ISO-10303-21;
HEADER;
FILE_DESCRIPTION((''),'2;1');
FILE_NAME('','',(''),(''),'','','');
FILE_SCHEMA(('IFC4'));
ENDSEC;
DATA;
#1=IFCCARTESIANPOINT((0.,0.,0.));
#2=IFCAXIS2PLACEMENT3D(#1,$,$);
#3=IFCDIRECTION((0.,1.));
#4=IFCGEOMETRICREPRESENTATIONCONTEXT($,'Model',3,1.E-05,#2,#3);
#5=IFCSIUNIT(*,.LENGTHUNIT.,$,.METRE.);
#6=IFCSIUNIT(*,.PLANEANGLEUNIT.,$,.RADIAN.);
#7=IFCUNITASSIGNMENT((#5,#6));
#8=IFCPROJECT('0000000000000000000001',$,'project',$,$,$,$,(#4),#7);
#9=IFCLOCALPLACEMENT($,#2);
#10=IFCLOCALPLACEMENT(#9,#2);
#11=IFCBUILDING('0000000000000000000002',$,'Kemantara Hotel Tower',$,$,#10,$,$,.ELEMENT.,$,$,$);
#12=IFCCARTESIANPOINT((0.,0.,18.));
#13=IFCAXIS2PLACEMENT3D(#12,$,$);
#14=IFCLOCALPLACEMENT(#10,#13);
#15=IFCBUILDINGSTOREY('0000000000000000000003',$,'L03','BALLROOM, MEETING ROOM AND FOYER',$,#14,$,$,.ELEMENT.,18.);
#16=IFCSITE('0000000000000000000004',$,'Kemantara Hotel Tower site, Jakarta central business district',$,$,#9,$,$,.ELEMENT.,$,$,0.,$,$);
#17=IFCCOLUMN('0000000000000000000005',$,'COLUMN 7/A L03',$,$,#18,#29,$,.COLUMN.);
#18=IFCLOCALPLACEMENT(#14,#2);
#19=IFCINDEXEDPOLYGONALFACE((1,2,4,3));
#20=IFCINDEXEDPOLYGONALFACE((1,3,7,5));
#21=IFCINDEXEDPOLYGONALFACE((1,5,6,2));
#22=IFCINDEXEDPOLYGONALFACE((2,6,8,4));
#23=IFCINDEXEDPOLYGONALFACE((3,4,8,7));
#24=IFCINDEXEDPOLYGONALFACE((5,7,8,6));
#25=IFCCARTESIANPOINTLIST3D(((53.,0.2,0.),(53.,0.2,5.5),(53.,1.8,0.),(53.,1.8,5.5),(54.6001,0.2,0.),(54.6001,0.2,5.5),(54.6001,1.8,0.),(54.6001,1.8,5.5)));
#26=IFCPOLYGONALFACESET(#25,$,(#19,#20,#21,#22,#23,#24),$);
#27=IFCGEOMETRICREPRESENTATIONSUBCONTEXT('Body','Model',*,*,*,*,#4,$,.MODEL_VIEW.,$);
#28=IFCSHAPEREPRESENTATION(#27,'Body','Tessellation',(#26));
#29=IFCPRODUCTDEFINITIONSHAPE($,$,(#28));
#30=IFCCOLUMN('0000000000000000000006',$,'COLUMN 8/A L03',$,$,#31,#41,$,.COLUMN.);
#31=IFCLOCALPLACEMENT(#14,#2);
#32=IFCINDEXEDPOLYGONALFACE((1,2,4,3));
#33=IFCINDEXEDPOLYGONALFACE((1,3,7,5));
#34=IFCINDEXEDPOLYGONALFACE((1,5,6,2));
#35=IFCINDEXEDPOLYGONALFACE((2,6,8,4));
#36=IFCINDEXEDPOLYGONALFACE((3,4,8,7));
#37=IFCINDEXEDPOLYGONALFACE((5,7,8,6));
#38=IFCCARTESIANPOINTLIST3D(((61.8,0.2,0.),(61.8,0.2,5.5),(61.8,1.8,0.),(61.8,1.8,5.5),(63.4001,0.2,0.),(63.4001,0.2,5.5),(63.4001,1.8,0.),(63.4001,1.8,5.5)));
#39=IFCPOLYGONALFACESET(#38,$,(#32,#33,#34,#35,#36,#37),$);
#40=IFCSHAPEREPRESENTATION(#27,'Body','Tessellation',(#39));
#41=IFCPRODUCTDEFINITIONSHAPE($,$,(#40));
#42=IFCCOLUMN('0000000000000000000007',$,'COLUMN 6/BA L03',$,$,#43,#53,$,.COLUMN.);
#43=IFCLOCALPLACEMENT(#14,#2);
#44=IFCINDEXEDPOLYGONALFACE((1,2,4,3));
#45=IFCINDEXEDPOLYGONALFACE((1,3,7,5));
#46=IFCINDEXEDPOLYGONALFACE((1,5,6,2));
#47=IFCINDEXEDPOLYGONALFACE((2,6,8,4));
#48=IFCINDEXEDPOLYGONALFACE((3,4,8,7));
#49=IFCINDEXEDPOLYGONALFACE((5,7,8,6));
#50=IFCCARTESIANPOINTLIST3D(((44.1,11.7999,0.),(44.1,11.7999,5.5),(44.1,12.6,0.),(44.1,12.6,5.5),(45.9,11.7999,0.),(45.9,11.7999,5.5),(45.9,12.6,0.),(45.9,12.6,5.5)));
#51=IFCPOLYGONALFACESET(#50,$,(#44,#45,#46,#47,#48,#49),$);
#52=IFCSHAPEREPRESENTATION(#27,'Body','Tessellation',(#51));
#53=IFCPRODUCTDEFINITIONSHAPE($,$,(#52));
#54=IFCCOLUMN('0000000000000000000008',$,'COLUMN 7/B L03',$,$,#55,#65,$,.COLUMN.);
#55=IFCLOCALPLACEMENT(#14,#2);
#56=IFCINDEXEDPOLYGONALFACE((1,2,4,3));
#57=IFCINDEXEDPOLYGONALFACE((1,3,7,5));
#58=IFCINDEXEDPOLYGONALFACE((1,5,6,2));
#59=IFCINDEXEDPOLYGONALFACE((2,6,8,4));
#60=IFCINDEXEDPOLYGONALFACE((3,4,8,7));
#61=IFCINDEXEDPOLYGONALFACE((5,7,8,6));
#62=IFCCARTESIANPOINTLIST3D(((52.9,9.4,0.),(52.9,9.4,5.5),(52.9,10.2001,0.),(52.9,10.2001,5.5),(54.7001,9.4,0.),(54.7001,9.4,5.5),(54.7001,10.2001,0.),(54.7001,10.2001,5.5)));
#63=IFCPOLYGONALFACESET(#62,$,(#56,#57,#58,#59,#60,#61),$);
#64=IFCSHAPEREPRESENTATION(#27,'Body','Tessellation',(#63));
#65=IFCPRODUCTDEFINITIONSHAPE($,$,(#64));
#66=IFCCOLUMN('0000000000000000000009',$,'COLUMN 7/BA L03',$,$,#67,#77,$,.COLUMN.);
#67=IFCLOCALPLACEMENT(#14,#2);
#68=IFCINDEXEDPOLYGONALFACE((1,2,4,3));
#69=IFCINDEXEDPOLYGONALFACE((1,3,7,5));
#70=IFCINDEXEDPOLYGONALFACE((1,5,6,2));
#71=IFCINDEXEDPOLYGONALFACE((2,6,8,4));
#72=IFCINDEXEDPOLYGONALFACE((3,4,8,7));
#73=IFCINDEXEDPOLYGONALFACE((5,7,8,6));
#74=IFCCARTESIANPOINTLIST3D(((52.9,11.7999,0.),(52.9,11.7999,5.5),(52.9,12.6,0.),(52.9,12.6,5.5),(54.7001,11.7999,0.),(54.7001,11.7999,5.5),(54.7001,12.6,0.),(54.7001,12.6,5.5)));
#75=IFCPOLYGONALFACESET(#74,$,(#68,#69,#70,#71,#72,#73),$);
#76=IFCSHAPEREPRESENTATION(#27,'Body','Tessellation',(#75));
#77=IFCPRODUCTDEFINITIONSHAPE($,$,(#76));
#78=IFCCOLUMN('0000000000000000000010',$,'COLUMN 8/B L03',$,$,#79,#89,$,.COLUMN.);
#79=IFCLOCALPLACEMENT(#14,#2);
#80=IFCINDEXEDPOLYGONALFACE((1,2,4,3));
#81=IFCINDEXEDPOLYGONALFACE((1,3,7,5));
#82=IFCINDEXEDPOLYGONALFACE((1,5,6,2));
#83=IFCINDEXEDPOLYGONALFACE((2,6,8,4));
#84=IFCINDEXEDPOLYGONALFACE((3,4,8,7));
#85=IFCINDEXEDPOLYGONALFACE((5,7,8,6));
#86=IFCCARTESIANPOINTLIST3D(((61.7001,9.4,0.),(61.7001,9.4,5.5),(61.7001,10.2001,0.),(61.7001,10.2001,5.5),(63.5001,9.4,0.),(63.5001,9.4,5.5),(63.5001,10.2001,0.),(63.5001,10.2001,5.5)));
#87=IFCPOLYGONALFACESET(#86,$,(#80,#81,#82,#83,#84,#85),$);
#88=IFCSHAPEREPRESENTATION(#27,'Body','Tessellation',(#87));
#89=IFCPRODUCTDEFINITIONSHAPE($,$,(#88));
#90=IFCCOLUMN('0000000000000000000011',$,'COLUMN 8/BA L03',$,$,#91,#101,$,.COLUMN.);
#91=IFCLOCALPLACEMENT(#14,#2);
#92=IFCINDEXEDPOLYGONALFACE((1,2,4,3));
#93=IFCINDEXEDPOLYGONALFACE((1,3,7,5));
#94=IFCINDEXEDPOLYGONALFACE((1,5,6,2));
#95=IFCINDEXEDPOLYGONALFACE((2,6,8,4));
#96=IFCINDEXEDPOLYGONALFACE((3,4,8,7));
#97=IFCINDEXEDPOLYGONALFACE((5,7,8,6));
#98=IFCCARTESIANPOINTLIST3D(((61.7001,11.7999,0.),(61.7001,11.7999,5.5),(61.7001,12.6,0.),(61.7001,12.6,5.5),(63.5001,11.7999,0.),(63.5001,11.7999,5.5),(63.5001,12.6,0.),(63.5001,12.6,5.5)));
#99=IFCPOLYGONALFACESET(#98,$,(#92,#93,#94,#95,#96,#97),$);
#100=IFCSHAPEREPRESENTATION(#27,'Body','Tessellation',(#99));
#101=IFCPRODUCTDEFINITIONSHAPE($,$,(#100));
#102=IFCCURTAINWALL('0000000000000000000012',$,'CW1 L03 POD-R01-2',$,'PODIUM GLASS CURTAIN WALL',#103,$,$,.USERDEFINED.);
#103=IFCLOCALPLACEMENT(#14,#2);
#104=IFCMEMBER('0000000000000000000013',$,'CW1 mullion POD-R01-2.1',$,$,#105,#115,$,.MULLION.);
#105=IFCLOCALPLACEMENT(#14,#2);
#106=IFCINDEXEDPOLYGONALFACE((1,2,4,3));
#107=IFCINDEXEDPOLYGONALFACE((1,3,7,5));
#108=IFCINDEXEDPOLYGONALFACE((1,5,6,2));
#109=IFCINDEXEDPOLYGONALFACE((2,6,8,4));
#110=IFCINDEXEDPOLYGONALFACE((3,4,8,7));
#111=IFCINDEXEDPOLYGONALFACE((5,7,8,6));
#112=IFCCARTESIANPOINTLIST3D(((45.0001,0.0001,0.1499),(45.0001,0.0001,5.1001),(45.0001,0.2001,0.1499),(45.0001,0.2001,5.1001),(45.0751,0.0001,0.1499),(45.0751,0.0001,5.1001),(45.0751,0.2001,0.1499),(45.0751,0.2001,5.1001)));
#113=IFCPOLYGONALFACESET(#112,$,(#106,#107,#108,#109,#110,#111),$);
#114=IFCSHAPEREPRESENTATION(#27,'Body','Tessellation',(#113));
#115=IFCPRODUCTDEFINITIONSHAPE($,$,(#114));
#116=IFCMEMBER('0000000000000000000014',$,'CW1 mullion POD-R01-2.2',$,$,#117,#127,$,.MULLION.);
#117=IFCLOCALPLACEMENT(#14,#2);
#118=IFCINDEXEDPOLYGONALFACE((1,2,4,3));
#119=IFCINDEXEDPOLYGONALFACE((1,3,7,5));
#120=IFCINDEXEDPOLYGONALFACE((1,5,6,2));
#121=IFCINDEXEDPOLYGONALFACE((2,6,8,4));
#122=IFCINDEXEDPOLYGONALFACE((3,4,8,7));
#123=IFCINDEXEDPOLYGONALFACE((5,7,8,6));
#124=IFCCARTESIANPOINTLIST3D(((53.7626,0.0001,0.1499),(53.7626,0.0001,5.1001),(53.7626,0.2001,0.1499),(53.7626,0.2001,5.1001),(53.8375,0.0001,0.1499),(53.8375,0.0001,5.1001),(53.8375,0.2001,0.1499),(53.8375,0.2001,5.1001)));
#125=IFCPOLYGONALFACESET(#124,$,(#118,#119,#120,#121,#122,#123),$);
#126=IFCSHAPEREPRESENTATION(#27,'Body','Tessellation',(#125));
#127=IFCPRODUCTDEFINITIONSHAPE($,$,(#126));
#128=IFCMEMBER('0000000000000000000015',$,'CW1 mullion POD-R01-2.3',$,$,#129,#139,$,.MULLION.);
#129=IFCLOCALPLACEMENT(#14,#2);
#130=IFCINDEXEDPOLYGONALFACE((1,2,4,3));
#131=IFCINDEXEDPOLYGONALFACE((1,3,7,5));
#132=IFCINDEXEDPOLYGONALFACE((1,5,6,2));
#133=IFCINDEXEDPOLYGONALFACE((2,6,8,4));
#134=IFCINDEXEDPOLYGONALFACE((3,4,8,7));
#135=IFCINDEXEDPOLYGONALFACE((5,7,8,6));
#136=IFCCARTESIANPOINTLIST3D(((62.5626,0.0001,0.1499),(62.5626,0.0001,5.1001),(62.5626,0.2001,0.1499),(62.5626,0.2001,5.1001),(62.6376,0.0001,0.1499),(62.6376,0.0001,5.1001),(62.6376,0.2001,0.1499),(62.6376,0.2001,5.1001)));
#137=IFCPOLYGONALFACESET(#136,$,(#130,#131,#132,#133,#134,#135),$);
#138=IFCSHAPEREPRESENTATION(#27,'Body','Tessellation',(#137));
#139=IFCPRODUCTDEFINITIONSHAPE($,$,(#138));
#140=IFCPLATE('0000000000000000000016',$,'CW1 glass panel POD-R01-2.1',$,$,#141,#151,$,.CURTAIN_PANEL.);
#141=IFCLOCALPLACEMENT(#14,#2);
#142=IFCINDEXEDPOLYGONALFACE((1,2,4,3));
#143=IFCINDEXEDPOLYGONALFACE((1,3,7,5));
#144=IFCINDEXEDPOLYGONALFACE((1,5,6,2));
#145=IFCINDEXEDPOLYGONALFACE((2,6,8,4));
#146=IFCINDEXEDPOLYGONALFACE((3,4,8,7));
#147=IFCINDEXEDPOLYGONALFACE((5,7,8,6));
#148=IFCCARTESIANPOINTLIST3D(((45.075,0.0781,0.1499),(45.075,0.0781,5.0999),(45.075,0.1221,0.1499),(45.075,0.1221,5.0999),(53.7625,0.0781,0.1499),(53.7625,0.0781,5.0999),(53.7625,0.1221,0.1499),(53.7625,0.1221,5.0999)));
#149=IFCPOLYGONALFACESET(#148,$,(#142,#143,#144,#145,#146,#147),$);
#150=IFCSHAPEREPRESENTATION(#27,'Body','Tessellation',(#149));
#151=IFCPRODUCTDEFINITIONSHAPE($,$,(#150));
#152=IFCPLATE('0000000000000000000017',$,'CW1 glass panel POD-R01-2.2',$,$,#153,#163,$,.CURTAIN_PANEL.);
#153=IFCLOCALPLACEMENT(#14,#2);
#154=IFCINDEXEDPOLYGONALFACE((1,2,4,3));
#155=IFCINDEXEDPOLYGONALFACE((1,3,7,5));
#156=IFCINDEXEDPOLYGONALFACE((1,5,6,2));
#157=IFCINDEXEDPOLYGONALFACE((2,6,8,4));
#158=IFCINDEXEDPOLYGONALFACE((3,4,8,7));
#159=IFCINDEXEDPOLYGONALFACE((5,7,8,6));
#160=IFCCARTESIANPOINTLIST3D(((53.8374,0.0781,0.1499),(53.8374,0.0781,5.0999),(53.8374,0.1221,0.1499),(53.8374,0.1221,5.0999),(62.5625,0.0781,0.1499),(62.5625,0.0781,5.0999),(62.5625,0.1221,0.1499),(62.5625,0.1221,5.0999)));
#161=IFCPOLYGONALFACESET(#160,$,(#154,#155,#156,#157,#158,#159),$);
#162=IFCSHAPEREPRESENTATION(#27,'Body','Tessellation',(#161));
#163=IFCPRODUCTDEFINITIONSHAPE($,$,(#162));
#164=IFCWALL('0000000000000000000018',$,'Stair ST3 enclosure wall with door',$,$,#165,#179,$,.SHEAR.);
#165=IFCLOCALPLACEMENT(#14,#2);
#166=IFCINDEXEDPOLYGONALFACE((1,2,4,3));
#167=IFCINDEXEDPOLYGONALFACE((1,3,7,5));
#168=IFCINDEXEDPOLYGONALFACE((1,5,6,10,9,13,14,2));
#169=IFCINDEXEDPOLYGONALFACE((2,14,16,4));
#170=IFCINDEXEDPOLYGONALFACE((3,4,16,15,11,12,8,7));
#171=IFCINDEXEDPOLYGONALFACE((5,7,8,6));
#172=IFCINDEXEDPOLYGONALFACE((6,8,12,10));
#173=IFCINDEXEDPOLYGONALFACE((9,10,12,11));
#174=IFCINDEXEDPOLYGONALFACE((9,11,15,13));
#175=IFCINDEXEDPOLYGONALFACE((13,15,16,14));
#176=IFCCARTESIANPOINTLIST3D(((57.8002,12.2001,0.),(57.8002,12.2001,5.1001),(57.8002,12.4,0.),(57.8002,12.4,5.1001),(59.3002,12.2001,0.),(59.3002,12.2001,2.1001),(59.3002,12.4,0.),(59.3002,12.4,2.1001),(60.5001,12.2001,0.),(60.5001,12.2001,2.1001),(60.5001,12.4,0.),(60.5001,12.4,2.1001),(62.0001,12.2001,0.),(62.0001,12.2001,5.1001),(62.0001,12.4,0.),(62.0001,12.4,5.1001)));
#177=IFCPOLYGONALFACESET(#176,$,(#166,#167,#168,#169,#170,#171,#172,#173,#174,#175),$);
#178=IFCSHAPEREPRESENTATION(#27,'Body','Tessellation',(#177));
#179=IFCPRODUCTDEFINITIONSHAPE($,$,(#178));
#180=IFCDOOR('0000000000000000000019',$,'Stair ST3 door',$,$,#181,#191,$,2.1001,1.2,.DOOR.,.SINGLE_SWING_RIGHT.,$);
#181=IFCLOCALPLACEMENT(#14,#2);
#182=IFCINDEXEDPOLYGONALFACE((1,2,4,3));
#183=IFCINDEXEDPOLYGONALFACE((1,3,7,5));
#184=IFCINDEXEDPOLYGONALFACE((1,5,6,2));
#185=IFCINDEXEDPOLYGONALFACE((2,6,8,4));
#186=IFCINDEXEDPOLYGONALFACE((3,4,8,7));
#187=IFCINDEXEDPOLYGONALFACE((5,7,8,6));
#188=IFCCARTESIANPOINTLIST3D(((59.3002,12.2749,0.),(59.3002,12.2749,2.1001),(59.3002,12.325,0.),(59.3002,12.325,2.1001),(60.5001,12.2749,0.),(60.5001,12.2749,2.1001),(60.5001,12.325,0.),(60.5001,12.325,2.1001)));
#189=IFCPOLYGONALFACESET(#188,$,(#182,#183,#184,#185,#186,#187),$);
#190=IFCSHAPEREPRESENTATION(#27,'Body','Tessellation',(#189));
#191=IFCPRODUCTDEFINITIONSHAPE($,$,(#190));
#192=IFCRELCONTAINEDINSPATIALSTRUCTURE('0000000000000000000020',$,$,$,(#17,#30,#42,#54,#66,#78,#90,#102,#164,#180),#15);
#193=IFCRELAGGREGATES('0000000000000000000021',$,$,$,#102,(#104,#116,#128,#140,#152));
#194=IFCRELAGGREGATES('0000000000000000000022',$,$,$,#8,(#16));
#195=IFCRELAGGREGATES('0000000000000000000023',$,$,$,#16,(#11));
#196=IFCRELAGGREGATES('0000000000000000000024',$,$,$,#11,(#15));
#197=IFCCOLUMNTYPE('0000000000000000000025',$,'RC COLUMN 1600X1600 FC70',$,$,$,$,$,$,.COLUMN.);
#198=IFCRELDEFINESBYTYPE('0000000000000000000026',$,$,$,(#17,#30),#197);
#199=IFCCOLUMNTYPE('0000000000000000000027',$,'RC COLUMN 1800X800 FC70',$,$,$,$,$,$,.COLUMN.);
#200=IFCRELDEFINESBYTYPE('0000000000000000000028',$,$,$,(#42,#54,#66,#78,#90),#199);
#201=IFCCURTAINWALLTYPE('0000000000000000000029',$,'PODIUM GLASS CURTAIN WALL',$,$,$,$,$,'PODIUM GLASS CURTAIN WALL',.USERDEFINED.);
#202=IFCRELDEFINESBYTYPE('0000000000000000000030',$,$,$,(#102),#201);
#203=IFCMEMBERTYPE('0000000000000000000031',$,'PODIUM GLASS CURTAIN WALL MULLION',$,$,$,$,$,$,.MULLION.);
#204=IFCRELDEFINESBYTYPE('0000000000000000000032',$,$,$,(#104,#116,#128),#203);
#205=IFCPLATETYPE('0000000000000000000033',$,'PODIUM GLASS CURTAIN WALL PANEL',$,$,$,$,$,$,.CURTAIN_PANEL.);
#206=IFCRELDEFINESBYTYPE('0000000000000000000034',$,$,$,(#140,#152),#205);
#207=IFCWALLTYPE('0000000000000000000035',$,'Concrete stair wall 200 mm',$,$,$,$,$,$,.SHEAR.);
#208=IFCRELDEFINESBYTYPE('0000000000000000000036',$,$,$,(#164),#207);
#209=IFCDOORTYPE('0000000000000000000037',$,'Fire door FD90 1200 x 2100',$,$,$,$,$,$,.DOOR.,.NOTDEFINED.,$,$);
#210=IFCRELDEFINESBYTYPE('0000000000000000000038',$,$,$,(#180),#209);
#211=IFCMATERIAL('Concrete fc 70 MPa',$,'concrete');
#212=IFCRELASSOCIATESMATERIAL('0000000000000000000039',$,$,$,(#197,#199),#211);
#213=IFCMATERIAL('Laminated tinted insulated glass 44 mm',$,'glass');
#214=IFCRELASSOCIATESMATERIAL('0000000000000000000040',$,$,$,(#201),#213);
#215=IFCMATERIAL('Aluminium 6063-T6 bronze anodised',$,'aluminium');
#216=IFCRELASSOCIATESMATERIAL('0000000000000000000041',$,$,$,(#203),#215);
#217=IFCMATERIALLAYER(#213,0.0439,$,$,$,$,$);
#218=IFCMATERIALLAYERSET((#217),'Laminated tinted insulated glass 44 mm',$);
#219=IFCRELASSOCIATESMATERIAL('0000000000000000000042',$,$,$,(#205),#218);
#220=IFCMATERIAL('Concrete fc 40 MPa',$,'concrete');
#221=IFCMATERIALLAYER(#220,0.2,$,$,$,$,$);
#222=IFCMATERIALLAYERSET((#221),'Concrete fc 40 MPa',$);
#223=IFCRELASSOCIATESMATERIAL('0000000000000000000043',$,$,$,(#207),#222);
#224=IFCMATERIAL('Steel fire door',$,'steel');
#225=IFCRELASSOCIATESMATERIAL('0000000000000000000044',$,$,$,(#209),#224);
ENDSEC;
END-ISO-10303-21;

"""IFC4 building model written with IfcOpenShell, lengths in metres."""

from ifc_helpers import new_model, si_unit, direction, frame, frame_2d, origin, origin_2d, place, context, subcontext, project, spatial, rectangle, extrude, source, transform, mapped, material, layer, layer_set, material_profile, profile_set, type_object, element, fill, aggregate, save


model = new_model("IFC4")

# Units and contexts
model_context = context("Model", 3, precision=1e-05, world=origin(), true_north=direction((0.0, 1.0)))
body_context = subcontext(model_context, "Body", "Model", "MODEL_VIEW")
ifc_project = project(units=[si_unit("LENGTHUNIT", "METRE"), si_unit("PLANEANGLEUNIT", "RADIAN")], contexts=[model_context])

# Site, building, storey
site_placement = place(None, origin())
site = spatial("IfcSite", under=ifc_project, at=site_placement, Name="Kemantara Hotel Tower site, Jakarta central business district", CompositionType="ELEMENT", RefElevation=0.0)
building_placement = place(site_placement, origin())
building = spatial("IfcBuilding", under=site, at=building_placement, Name="Kemantara Hotel Tower", CompositionType="ELEMENT")
storey_placement = place(building_placement, frame((0.0, 0.0, 18.0)))
storey = spatial("IfcBuildingStorey", under=building, at=storey_placement, Name="L03", Description="BALLROOM, MEETING ROOM AND FOYER", CompositionType="ELEMENT", Elevation=18.0)

# Columns
ifc_material_1 = material(Name="Concrete fc 70 MPa", Category="concrete")
ifc_material_profile_1 = material_profile(ifc_material_1, rectangle(XDim=1.6001, YDim=1.6001, at=origin_2d()), Name="RC 1600X1600")
ifc_profile_set_1 = profile_set([ifc_material_profile_1], Name="Concrete fc 70 MPa")
column_type_1 = type_object("IfcColumnType", Name="RC COLUMN 1600X1600 FC70", PredefinedType="COLUMN", material=ifc_profile_set_1)
for number, where, z_axis, x_axis, name in (
    (1, (53.8, 1.0, 0.0), (0.0, 0.0, 1.0), (1.0, 0.0, 0.0), "COLUMN 7/A L03"),
    (2, (62.6001, 1.0, 0.0), (0.0, 0.0, 1.0), (1.0, 0.0, 0.0), "COLUMN 8/A L03"),
):
    element("IfcColumn", number, at=place(storey_placement, frame(where, z_axis=z_axis, x_axis=x_axis)), inside=storey, type_object=column_type_1, Name=name, PredefinedType="COLUMN", context=body_context, shape_type="SweptSolid", body=[
        extrude(rectangle(XDim=1.6001, YDim=1.6001, at=origin_2d()), origin(), (0.0, 0.0, 1.0), 5.5),
    ])
ifc_material_profile_2 = material_profile(ifc_material_1, rectangle(XDim=1.8, YDim=0.8, at=origin_2d()), Name="RC 1800X800")
ifc_profile_set_2 = profile_set([ifc_material_profile_2], Name="Concrete fc 70 MPa")
column_type_2 = type_object("IfcColumnType", Name="RC COLUMN 1800X800 FC70", PredefinedType="COLUMN", material=ifc_profile_set_2)
for number, where, z_axis, x_axis, name in (
    (3, (45.0, 12.2, 0.0), (0.0, 0.0, 1.0), (1.0, 0.0, 0.0), "COLUMN 6/BA L03"),
    (4, (53.8, 9.8, 0.0), (0.0, 0.0, 1.0), (1.0, 0.0, 0.0), "COLUMN 7/B L03"),
    (5, (53.8, 12.2, 0.0), (0.0, 0.0, 1.0), (1.0, 0.0, 0.0), "COLUMN 7/BA L03"),
    (6, (62.6001, 9.8, 0.0), (0.0, 0.0, 1.0), (1.0, 0.0, 0.0), "COLUMN 8/B L03"),
    (7, (62.6001, 12.2, 0.0), (0.0, 0.0, 1.0), (1.0, 0.0, 0.0), "COLUMN 8/BA L03"),
):
    element("IfcColumn", number, at=place(storey_placement, frame(where, z_axis=z_axis, x_axis=x_axis)), inside=storey, type_object=column_type_2, Name=name, PredefinedType="COLUMN", context=body_context, shape_type="SweptSolid", body=[
        extrude(rectangle(XDim=1.8, YDim=0.8, at=origin_2d()), origin(), (0.0, 0.0, 1.0), 5.5),
    ])

# Curtain wall, members, plates
ifc_material_2 = material(Name="Laminated tinted insulated glass 44 mm", Category="glass")
curtain_wall_type = type_object("IfcCurtainWallType", Name="PODIUM GLASS CURTAIN WALL", ElementType="PODIUM GLASS CURTAIN WALL", PredefinedType="USERDEFINED", material=ifc_material_2)
curtain_wall_placement = place(storey_placement, origin())
curtain_wall = element("IfcCurtainWall", 8, at=curtain_wall_placement, inside=storey, type_object=curtain_wall_type, Name="CW1 L03 POD-R01-2", ObjectType="PODIUM GLASS CURTAIN WALL", PredefinedType="USERDEFINED")
ifc_material_3 = material(Name="Aluminium 6063-T6 bronze anodised", Category="aluminium")
ifc_material_profile_3 = material_profile(ifc_material_3, rectangle(XDim=0.2, YDim=0.075, at=origin_2d()), Name="PODIUM GLASS CURTAIN WALL MULLION")
ifc_profile_set_3 = profile_set([ifc_material_profile_3], Name="Aluminium 6063-T6 bronze anodised")
member_type = type_object("IfcMemberType", Name="PODIUM GLASS CURTAIN WALL MULLION", PredefinedType="MULLION", material=ifc_profile_set_3)
shared_shape_1 = source(origin(), body_context, "Body", "SweptSolid", [
    extrude(rectangle(XDim=0.2, YDim=0.075, at=origin_2d()), origin(), (0.0, 0.0, 1.0), 4.9502),
])
member_1_placement = place(storey_placement, frame((45.0376, 0.1001, 0.1499), z_axis=(0.0, 0.0, 1.0), x_axis=(0.0, 1.0, 0.0)))
member_1 = element("IfcMember", 9, at=member_1_placement, type_object=member_type, Name="CW1 mullion POD-R01-2.1", PredefinedType="MULLION", context=body_context, shape_type="MappedRepresentation", body=[
    mapped(shared_shape_1, transform((0.0, 0.0, 0.0))),
])
member_2_placement = place(storey_placement, frame((53.8, 0.1001, 0.1499), z_axis=(0.0, 0.0, 1.0), x_axis=(0.0, 1.0, 0.0)))
member_2 = element("IfcMember", 10, at=member_2_placement, type_object=member_type, Name="CW1 mullion POD-R01-2.2", PredefinedType="MULLION", context=body_context, shape_type="MappedRepresentation", body=[
    mapped(shared_shape_1, transform((0.0, 0.0, 0.0))),
])
member_3_placement = place(storey_placement, frame((62.6001, 0.1001, 0.1499), z_axis=(0.0, 0.0, 1.0), x_axis=(0.0, 1.0, 0.0)))
member_3 = element("IfcMember", 11, at=member_3_placement, type_object=member_type, Name="CW1 mullion POD-R01-2.3", PredefinedType="MULLION", context=body_context, shape_type="MappedRepresentation", body=[
    mapped(shared_shape_1, transform((0.0, 0.0, 0.0))),
])
ifc_layer_1 = layer(ifc_material_2, 0.0439)
ifc_layer_set_1 = layer_set([ifc_layer_1], Name="Laminated tinted insulated glass 44 mm")
plate_type = type_object("IfcPlateType", Name="PODIUM GLASS CURTAIN WALL PANEL", PredefinedType="CURTAIN_PANEL", material=ifc_layer_set_1)
shared_shape_2 = source(origin(), body_context, "Body", "SweptSolid", [
    extrude(rectangle(XDim=8.6875, YDim=0.0439, at=origin_2d()), origin(), (0.0, 0.0, 1.0), 4.95),
])
plate_1_placement = place(storey_placement, frame((49.4187, 0.1001, 0.1499), z_axis=(0.0, 0.0, 1.0), x_axis=(1.0, 0.0, 0.0)))
plate_1 = element("IfcPlate", 12, at=plate_1_placement, type_object=plate_type, Name="CW1 glass panel POD-R01-2.1", PredefinedType="CURTAIN_PANEL", context=body_context, shape_type="MappedRepresentation", body=[
    mapped(shared_shape_2, transform((0.0, 0.0, 0.0))),
])
shared_shape_3 = source(origin(), body_context, "Body", "SweptSolid", [
    extrude(rectangle(XDim=8.7251, YDim=0.0439, at=origin_2d()), origin(), (0.0, 0.0, 1.0), 4.95),
])
plate_2_placement = place(storey_placement, frame((58.2, 0.1001, 0.1499), z_axis=(0.0, 0.0, 1.0), x_axis=(1.0, 0.0, 0.0)))
plate_2 = element("IfcPlate", 13, at=plate_2_placement, type_object=plate_type, Name="CW1 glass panel POD-R01-2.2", PredefinedType="CURTAIN_PANEL", context=body_context, shape_type="MappedRepresentation", body=[
    mapped(shared_shape_3, transform((0.0, 0.0, 0.0))),
])
aggregate(curtain_wall, [member_1, member_2, member_3, plate_1, plate_2])

# Wall, opening, door
ifc_material_4 = material(Name="Concrete fc 40 MPa", Category="concrete")
ifc_layer_2 = layer(ifc_material_4, 0.2)
ifc_layer_set_2 = layer_set([ifc_layer_2], Name="Concrete fc 40 MPa")
wall_type_1 = type_object("IfcWallType", Name="Concrete stair wall 200 mm", PredefinedType="SHEAR", material=ifc_layer_set_2)
wall_1_placement = place(storey_placement, frame((57.8, 12.3, 0.0), z_axis=(0.0, 0.0, 1.0), x_axis=(1.0, 0.0, 0.0)))
wall_1 = element("IfcWall", 14, at=wall_1_placement, inside=storey, type_object=wall_type_1, Name="Stair ST3 enclosure wall with door", PredefinedType="SHEAR", context=body_context, shape_type="SweptSolid", body=[
    extrude(rectangle(XDim=4.2, YDim=0.2, at=frame_2d((2.1001, 0.0))), origin(), (0.0, 0.0, 1.0), 5.1001),
])
opening_1_placement = place(wall_1_placement, frame((1.5, 0.0, 0.0)))
opening_1 = element("IfcOpeningElement", 15, at=opening_1_placement, cuts=wall_1, PredefinedType="OPENING", context=body_context, shape_type="SweptSolid", body=[
    extrude(rectangle(XDim=1.2, YDim=2.1001, at=frame_2d((0.6001, 1.05))), frame((0.0, 0.1099, 0.0), z_axis=(0.0, -1.0, 0.0), x_axis=(1.0, 0.0, 0.0)), (0.0, 0.0, 1.0), 0.22),
])
ifc_material_5 = material(Name="Steel fire door", Category="steel")
door_type_1 = type_object("IfcDoorType", Name="Fire door FD90 1200 x 2100", OperationType="NOTDEFINED", PredefinedType="DOOR", material=ifc_material_5)
door_1_placement = place(opening_1_placement, origin())
door_1 = element("IfcDoor", 16, at=door_1_placement, inside=storey, type_object=door_type_1, Name="Stair ST3 door", OperationType="SINGLE_SWING_RIGHT", OverallHeight=2.1001, OverallWidth=1.2, PredefinedType="DOOR", context=body_context, shape_type="SweptSolid", body=[
    extrude(rectangle(XDim=1.2, YDim=2.1001, at=frame_2d((0.6001, 1.05))), frame((0.0, 0.0249, 0.0), z_axis=(0.0, -1.0, 0.0), x_axis=(1.0, 0.0, 0.0)), (0.0, 0.0, 1.0), 0.05),
])
fill(opening_1, door_1)

save(model, "model.ifc")
